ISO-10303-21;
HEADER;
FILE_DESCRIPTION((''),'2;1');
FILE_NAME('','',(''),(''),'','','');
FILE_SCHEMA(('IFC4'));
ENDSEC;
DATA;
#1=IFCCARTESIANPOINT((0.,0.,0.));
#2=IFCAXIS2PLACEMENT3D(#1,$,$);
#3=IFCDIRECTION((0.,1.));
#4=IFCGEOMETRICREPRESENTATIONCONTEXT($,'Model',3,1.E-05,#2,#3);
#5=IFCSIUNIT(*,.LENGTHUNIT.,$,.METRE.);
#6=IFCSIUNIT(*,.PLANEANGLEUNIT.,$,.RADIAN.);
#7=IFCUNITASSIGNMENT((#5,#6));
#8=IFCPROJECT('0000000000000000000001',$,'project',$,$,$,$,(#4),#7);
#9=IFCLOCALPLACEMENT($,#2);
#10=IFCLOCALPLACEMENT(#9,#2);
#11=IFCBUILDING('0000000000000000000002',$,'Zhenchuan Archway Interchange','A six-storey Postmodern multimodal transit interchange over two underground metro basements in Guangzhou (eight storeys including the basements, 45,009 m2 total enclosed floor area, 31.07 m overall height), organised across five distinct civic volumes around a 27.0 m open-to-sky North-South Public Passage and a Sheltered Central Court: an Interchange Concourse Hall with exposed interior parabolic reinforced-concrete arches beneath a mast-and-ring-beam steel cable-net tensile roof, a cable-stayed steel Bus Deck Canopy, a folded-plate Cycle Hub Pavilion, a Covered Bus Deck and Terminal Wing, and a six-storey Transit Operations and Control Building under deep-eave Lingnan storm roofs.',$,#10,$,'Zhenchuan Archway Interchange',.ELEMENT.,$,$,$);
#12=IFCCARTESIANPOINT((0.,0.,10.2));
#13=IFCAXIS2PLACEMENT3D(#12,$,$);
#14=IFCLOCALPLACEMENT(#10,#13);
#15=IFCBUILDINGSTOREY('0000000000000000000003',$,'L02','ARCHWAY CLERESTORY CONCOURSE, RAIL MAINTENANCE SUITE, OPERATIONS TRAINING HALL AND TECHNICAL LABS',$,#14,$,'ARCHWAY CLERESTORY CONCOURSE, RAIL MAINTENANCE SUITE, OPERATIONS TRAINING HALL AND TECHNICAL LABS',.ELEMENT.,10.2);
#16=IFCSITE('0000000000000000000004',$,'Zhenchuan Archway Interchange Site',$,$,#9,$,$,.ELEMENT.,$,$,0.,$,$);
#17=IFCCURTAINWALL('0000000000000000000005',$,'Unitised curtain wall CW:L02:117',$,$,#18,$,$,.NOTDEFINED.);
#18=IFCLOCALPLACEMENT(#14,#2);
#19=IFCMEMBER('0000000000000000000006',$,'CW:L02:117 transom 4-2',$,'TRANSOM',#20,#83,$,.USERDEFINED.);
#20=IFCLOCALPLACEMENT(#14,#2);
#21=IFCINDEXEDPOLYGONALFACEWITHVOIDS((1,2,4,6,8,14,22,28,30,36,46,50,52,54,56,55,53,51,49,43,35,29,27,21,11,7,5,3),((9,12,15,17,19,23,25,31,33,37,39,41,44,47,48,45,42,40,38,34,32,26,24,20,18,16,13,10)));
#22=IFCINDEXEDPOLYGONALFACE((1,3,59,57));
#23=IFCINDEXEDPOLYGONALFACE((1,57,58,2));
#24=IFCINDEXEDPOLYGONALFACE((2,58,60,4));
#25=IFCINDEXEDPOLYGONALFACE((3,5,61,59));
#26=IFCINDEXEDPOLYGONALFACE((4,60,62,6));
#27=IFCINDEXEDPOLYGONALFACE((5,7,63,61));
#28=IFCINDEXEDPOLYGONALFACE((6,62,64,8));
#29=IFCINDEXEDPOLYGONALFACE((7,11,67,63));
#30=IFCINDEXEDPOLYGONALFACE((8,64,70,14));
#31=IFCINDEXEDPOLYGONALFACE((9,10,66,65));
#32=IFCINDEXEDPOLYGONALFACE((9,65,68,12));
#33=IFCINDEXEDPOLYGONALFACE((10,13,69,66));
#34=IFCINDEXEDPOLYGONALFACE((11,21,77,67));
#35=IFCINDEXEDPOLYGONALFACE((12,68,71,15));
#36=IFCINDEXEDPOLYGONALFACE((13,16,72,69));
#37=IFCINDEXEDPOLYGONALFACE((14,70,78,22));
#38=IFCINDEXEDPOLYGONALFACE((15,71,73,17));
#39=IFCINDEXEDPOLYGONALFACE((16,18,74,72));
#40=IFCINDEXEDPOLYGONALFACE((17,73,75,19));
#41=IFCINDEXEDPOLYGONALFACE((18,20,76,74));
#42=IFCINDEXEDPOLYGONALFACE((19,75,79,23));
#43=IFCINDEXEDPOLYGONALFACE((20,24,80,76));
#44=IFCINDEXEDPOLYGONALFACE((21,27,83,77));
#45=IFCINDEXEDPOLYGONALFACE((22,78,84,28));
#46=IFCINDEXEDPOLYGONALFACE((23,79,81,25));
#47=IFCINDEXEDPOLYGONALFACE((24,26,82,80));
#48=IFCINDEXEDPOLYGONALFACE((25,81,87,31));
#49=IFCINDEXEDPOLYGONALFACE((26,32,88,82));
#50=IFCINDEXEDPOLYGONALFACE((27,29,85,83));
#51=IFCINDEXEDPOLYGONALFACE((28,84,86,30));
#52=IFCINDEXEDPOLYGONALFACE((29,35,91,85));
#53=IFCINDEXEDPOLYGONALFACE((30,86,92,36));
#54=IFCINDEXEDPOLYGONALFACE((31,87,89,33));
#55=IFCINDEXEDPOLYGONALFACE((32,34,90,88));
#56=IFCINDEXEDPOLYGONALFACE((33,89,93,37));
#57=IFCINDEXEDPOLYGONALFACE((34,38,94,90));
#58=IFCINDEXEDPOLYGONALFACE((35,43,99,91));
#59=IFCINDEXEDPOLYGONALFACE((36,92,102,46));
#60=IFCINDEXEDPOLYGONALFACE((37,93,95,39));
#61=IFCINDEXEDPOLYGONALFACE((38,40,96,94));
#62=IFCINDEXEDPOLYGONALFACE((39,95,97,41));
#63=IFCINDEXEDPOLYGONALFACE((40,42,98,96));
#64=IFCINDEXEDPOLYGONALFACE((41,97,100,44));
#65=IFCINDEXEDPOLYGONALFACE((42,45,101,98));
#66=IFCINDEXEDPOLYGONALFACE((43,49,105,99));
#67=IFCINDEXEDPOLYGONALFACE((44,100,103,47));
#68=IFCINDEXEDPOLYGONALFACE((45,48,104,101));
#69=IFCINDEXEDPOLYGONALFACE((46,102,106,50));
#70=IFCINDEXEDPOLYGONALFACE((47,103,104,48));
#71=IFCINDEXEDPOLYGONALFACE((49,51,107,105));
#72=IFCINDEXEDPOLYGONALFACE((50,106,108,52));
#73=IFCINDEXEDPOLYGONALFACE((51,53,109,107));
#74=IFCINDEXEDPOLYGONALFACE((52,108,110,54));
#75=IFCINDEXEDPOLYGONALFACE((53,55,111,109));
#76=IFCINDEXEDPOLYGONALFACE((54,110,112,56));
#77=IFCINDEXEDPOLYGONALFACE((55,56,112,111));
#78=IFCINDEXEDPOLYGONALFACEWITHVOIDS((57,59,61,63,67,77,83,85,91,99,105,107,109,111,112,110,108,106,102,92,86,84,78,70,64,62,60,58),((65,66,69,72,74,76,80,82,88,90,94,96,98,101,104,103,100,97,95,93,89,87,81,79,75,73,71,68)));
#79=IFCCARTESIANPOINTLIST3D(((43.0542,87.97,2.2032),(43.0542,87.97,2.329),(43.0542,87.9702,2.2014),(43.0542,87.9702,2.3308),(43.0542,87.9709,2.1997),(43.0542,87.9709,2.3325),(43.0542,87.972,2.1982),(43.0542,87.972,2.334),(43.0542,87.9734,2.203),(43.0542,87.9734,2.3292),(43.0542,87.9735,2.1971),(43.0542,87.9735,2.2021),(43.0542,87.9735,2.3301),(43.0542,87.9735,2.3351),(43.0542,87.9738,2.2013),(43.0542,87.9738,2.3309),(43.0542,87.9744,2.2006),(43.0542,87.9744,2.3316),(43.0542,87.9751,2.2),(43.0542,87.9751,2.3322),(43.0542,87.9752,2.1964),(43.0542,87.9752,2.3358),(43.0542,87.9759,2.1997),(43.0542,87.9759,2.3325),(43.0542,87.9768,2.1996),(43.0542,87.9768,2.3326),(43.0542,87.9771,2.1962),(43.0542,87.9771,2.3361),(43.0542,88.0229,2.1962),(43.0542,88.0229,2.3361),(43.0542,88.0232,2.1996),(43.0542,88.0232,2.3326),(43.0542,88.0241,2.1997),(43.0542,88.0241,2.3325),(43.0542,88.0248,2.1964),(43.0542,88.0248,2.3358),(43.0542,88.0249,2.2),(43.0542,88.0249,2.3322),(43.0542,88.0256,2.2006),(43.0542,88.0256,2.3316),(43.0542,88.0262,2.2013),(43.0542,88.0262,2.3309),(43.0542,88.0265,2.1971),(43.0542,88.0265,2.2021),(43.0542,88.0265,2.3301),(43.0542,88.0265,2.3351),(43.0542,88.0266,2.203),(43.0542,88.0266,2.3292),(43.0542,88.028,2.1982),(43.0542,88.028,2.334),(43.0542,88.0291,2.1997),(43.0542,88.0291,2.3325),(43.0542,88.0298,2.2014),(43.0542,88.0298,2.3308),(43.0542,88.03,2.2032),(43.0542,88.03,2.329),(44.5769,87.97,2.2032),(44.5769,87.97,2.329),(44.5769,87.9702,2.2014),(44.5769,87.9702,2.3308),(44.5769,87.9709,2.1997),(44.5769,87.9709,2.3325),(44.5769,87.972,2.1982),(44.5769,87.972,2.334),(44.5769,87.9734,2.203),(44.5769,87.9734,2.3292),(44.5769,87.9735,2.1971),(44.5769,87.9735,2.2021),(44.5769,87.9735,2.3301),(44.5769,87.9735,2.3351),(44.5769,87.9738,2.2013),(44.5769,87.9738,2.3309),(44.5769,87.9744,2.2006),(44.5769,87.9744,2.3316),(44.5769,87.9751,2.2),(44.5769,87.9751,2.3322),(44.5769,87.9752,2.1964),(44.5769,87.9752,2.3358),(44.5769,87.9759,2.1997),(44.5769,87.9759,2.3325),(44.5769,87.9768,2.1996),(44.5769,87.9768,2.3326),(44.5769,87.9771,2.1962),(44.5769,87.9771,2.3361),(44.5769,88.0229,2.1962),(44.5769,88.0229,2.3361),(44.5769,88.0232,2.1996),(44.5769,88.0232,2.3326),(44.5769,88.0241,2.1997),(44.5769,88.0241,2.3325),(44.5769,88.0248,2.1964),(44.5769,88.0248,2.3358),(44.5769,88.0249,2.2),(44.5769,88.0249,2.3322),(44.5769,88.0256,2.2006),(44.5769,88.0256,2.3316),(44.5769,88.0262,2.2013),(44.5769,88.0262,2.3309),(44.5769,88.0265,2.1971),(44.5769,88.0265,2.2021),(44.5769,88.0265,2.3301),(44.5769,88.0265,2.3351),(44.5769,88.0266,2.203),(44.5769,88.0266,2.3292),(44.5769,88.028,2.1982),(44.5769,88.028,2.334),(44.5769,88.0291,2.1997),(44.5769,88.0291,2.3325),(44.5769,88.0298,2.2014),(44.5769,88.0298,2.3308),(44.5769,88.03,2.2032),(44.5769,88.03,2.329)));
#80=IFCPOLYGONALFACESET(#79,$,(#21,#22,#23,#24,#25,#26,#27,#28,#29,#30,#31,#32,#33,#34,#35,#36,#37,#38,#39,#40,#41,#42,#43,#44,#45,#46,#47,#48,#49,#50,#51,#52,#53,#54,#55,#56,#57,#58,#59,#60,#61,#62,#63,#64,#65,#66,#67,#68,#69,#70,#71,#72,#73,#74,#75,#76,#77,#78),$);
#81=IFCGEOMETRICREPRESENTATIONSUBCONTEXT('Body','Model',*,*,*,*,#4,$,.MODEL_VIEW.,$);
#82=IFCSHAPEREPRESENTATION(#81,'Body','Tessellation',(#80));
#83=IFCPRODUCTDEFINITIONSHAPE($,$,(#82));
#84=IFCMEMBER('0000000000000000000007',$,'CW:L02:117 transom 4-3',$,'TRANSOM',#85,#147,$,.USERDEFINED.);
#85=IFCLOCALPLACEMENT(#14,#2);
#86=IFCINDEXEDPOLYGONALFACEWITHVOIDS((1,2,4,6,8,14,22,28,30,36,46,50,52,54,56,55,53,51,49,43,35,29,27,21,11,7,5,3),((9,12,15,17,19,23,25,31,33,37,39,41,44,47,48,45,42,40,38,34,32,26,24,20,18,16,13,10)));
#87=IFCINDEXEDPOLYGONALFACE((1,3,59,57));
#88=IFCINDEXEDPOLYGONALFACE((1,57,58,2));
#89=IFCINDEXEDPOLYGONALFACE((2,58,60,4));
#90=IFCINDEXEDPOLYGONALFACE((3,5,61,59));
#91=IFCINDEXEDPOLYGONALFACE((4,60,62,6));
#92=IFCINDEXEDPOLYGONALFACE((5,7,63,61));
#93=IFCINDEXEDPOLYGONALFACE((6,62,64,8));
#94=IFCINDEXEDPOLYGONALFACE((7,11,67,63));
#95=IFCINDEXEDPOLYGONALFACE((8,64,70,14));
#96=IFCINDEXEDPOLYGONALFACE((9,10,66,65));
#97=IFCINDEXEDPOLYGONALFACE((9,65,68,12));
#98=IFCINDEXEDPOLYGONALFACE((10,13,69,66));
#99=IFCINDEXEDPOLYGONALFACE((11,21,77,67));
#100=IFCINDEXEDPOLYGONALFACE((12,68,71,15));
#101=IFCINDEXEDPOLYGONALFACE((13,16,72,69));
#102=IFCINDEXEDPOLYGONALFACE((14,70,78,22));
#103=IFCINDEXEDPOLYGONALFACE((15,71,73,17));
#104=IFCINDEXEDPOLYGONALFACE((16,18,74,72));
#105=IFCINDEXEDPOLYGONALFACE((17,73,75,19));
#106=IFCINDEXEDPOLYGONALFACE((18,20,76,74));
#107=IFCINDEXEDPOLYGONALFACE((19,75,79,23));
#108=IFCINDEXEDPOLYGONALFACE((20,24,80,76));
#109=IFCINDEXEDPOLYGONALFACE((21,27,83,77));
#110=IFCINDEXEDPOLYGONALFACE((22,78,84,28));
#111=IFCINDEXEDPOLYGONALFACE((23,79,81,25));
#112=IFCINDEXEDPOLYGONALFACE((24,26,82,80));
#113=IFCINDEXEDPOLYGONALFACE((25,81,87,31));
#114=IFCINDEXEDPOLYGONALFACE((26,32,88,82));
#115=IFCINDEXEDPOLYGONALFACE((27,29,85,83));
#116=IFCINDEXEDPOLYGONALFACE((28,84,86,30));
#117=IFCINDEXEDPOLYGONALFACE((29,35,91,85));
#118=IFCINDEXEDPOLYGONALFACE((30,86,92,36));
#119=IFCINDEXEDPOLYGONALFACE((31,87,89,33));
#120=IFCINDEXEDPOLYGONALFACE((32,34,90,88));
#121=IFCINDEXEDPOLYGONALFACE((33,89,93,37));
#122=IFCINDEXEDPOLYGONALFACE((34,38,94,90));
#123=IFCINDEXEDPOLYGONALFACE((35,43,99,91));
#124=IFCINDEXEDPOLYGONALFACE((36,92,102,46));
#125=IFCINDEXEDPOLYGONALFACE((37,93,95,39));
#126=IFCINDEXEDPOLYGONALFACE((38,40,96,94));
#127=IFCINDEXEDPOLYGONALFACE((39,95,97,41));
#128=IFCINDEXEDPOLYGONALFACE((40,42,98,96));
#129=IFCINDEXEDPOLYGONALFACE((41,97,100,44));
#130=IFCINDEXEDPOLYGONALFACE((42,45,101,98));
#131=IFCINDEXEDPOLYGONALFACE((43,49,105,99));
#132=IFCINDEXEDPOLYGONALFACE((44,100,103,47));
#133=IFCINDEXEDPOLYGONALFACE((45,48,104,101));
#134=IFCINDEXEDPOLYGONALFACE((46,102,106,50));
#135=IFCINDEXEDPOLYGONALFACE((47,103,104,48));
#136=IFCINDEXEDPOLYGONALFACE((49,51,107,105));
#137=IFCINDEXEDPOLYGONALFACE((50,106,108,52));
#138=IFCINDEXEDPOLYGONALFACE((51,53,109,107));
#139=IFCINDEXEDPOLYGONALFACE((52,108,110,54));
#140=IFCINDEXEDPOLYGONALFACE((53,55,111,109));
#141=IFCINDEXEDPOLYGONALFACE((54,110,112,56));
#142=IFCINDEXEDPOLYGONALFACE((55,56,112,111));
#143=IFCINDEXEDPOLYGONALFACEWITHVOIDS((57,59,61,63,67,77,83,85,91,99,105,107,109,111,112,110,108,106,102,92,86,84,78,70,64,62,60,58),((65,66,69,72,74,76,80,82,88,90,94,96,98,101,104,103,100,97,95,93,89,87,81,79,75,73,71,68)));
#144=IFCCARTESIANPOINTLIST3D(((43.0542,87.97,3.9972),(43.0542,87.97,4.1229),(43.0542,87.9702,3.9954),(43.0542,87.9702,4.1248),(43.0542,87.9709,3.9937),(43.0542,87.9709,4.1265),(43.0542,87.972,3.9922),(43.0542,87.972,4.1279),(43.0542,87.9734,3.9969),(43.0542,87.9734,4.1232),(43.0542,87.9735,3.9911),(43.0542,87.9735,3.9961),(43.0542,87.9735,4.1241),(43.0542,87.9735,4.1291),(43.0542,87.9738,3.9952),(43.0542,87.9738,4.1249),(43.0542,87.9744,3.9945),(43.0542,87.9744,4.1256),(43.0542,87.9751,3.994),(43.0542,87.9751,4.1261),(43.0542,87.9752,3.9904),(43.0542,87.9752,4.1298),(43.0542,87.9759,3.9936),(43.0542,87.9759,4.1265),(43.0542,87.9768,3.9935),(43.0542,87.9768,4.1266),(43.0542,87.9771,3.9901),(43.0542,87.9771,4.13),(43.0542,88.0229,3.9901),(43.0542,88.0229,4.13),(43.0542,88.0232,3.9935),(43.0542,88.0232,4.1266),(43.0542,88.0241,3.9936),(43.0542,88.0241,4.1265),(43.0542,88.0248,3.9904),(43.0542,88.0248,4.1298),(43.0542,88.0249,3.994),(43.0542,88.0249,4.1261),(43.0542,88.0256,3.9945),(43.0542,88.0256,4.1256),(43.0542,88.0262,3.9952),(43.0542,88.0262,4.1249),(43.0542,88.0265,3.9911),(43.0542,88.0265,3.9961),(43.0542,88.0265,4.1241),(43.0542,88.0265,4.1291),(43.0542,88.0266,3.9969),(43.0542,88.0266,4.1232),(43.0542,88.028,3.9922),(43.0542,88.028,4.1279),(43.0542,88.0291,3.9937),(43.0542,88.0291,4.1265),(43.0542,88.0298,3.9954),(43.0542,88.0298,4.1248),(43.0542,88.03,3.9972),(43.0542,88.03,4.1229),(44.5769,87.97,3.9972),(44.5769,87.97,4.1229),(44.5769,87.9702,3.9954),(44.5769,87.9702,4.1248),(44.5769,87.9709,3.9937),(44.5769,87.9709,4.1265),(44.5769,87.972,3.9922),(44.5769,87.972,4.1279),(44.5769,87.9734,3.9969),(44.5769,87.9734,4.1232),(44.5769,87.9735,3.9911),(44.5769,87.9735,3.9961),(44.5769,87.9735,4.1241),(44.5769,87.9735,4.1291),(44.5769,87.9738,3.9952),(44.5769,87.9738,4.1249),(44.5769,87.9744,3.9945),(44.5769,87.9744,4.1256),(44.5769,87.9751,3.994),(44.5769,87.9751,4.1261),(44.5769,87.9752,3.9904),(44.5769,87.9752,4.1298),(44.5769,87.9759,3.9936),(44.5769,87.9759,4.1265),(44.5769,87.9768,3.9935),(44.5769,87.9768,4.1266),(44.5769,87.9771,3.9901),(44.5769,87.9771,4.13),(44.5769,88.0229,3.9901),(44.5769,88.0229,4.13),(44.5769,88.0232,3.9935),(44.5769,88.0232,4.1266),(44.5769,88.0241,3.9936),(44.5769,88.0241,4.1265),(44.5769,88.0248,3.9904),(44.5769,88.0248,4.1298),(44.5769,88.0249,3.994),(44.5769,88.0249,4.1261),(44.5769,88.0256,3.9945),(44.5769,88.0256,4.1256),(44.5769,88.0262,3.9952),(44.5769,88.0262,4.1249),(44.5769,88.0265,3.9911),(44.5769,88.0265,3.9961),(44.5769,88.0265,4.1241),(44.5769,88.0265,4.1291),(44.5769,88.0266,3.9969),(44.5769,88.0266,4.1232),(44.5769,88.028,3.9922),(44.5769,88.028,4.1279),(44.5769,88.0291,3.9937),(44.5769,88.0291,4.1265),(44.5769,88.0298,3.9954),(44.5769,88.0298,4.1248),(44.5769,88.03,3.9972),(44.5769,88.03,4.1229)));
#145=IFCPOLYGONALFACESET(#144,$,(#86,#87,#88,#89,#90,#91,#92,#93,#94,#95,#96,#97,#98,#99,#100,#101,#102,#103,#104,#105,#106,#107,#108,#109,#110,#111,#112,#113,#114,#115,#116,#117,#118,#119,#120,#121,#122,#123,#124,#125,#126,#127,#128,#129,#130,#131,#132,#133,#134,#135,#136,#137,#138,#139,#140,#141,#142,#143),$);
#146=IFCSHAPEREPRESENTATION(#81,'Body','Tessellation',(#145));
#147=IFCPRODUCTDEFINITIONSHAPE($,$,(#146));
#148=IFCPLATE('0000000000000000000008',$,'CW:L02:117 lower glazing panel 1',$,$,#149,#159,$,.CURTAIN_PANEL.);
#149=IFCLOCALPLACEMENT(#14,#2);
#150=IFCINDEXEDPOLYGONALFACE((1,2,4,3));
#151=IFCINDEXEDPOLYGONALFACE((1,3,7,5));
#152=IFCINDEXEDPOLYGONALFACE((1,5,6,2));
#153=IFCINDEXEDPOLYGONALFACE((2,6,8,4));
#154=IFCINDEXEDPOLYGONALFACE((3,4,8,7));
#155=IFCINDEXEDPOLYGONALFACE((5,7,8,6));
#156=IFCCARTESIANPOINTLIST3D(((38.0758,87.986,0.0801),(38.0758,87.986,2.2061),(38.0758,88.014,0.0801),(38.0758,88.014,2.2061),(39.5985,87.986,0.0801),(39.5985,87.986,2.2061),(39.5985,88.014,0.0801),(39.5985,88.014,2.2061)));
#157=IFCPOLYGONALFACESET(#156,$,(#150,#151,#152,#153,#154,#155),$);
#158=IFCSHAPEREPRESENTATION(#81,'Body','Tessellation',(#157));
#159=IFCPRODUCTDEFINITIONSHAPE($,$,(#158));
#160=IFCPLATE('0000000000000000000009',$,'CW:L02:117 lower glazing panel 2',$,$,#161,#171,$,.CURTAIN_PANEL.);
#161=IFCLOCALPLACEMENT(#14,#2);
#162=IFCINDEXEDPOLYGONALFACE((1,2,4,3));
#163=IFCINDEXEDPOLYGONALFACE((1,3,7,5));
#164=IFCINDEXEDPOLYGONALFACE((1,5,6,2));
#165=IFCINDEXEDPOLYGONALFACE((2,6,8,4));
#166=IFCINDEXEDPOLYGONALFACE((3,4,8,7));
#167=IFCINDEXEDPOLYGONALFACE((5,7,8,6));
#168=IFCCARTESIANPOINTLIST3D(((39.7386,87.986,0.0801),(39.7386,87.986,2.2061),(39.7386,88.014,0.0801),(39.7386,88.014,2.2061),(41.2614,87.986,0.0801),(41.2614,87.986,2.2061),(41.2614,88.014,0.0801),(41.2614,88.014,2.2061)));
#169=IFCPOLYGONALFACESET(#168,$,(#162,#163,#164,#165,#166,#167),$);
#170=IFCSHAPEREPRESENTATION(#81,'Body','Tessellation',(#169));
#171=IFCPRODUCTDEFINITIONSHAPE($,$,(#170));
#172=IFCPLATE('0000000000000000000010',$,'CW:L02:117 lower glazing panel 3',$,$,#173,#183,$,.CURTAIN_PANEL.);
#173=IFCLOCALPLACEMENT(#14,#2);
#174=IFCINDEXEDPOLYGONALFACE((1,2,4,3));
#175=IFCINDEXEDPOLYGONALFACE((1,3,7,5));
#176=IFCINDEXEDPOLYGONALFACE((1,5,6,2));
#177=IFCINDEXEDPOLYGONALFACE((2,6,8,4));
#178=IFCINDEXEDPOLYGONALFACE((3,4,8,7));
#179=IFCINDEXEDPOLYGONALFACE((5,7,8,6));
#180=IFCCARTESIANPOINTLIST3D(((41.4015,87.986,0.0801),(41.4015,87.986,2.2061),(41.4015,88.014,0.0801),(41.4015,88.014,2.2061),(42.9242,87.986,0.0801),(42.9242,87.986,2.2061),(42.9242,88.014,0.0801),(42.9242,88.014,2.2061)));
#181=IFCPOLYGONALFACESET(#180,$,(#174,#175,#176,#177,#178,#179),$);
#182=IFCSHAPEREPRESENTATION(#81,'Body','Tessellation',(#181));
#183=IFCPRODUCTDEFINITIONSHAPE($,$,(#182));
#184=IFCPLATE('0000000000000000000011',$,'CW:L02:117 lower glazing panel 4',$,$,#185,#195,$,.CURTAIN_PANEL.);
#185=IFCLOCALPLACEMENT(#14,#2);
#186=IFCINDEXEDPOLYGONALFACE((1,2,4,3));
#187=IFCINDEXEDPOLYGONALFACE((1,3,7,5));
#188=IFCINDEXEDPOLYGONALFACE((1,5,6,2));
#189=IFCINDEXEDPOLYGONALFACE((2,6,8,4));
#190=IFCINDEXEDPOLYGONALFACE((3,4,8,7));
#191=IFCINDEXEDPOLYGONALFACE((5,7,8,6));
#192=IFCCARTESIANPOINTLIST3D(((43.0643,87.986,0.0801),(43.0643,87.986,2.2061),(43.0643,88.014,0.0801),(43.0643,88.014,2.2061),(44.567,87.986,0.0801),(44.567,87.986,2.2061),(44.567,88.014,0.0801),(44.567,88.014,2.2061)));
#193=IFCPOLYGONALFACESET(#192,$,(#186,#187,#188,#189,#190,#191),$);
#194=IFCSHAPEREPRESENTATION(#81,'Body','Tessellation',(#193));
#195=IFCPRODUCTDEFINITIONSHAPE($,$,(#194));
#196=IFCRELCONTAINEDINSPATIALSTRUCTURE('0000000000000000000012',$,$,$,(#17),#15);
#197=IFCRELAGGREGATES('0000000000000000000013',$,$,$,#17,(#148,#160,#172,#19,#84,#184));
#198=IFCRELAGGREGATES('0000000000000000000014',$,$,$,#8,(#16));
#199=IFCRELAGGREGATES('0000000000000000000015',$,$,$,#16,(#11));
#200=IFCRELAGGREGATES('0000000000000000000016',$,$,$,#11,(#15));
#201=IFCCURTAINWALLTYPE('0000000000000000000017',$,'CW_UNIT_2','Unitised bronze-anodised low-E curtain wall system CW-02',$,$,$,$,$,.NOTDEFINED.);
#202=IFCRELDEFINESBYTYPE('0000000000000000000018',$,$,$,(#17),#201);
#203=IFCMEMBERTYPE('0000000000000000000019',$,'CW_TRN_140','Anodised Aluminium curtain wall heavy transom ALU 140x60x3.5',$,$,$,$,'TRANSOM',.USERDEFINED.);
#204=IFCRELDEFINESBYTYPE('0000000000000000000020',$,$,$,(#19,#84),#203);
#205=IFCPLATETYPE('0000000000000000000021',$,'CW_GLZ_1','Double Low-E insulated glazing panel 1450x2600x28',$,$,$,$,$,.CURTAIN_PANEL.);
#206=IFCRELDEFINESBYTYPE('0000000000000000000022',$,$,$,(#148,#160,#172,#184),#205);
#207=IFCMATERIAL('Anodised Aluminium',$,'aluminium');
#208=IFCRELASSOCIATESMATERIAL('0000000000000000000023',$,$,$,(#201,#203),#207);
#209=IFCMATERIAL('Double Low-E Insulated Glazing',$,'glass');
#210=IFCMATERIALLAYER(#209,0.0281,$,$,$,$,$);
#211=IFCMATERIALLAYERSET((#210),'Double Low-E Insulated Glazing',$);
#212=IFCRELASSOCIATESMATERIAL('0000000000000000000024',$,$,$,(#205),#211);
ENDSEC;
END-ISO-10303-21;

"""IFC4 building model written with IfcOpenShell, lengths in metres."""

from ifc_helpers import new_model, si_unit, direction, frame, origin, origin_2d, place, context, subcontext, project, spatial, rectangle, hollow_rectangle, extrude, material, layer, layer_set, material_profile, profile_set, type_object, element, aggregate, save


model = new_model("IFC4")

# Units and contexts
model_context = context("Model", 3, precision=1e-05, world=origin(), true_north=direction((0.0, 1.0)))
body_context = subcontext(model_context, "Body", "Model", "MODEL_VIEW")
ifc_project = project(units=[si_unit("LENGTHUNIT", "METRE"), si_unit("PLANEANGLEUNIT", "RADIAN")], contexts=[model_context])

# Site, building, storey
site_placement = place(None, origin())
site = spatial("IfcSite", under=ifc_project, at=site_placement, Name="Zhenchuan Archway Interchange Site", CompositionType="ELEMENT", RefElevation=0.0)
building_placement = place(site_placement, origin())
building = spatial("IfcBuilding", under=site, at=building_placement, Name="Zhenchuan Archway Interchange", Description="A six-storey Postmodern multimodal transit interchange over two underground metro basements in Guangzhou (eight storeys including the basements, 45,009 m2 total enclosed floor area, 31.07 m overall height), organised across five distinct civic volumes around a 27.0 m open-to-sky North-South Public Passage and a Sheltered Central Court: an Interchange Concourse Hall with exposed interior parabolic reinforced-concrete arches beneath a mast-and-ring-beam steel cable-net tensile roof, a cable-stayed steel Bus Deck Canopy, a folded-plate Cycle Hub Pavilion, a Covered Bus Deck and Terminal Wing, and a six-storey Transit Operations and Control Building under deep-eave Lingnan storm roofs.", LongName="Zhenchuan Archway Interchange", CompositionType="ELEMENT")
storey_placement = place(building_placement, frame((0.0, 0.0, 10.2)))
storey = spatial("IfcBuildingStorey", under=building, at=storey_placement, Name="L02", Description="ARCHWAY CLERESTORY CONCOURSE, RAIL MAINTENANCE SUITE, OPERATIONS TRAINING HALL AND TECHNICAL LABS", LongName="ARCHWAY CLERESTORY CONCOURSE, RAIL MAINTENANCE SUITE, OPERATIONS TRAINING HALL AND TECHNICAL LABS", CompositionType="ELEMENT", Elevation=10.2)

# Curtain wall, members, plates
ifc_material_1 = material(Name="Anodised Aluminium", Category="aluminium")
curtain_wall_type = type_object("IfcCurtainWallType", Name="CW_UNIT_2", Description="Unitised bronze-anodised low-E curtain wall system CW-02", PredefinedType="NOTDEFINED", material=ifc_material_1)
curtain_wall_placement = place(storey_placement, origin())
curtain_wall = element("IfcCurtainWall", 1, at=curtain_wall_placement, inside=storey, type_object=curtain_wall_type, Name="Unitised curtain wall CW:L02:117", PredefinedType="NOTDEFINED")
ifc_material_profile_1 = material_profile(ifc_material_1, hollow_rectangle(XDim=0.0601, YDim=0.1399, WallThickness=0.0034, InnerFilletRadius=0.0034, OuterFilletRadius=0.0071, at=origin_2d()), Name="ALU 140x60x3.5")
ifc_profile_set_1 = profile_set([ifc_material_profile_1], Name="Anodised Aluminium")
member_type_1 = type_object("IfcMemberType", Name="CW_TRN_140", Description="Anodised Aluminium curtain wall heavy transom ALU 140x60x3.5", ElementType="TRANSOM", PredefinedType="USERDEFINED", material=ifc_profile_set_1)
member_1_placement = place(storey_placement, frame((43.0542, 88.0, 2.2661), z_axis=(1.0, 0.0, 0.0), x_axis=(0.0, 1.0, 0.0)))
member_1 = element("IfcMember", 2, at=member_1_placement, type_object=member_type_1, Name="CW:L02:117 transom 4-2", ObjectType="TRANSOM", PredefinedType="USERDEFINED", context=body_context, shape_type="SweptSolid", body=[
    extrude(hollow_rectangle(XDim=0.0601, YDim=0.1399, WallThickness=0.0034, InnerFilletRadius=0.0034, OuterFilletRadius=0.0071, at=origin_2d()), origin(), (0.0, 0.0, 1.0), 1.5227),
])
member_2_placement = place(storey_placement, frame((43.0542, 88.0, 4.0601), z_axis=(1.0, 0.0, 0.0), x_axis=(0.0, 1.0, 0.0)))
member_2 = element("IfcMember", 3, at=member_2_placement, type_object=member_type_1, Name="CW:L02:117 transom 4-3", ObjectType="TRANSOM", PredefinedType="USERDEFINED", context=body_context, shape_type="SweptSolid", body=[
    extrude(hollow_rectangle(XDim=0.0601, YDim=0.1399, WallThickness=0.0034, InnerFilletRadius=0.0034, OuterFilletRadius=0.0071, at=origin_2d()), origin(), (0.0, 0.0, 1.0), 1.5227),
])
ifc_material_2 = material(Name="Double Low-E Insulated Glazing", Category="glass")
ifc_layer_1 = layer(ifc_material_2, 0.0281)
ifc_layer_set_1 = layer_set([ifc_layer_1], Name="Double Low-E Insulated Glazing")
plate_type_1 = type_object("IfcPlateType", Name="CW_GLZ_1", Description="Double Low-E insulated glazing panel 1450x2600x28", PredefinedType="CURTAIN_PANEL", material=ifc_layer_set_1)
plate_1_placement = place(storey_placement, frame((38.8372, 88.0, 0.0801), z_axis=(0.0, 0.0, 1.0), x_axis=(1.0, 0.0, 0.0)))
plate_1 = element("IfcPlate", 4, at=plate_1_placement, type_object=plate_type_1, Name="CW:L02:117 lower glazing panel 1", PredefinedType="CURTAIN_PANEL", context=body_context, shape_type="SweptSolid", body=[
    extrude(rectangle(XDim=1.5227, YDim=0.0281, at=origin_2d()), origin(), (0.0, 0.0, 1.0), 2.126),
])
plate_2_placement = place(storey_placement, frame((40.5, 88.0, 0.0801), z_axis=(0.0, 0.0, 1.0), x_axis=(1.0, 0.0, 0.0)))
plate_2 = element("IfcPlate", 5, at=plate_2_placement, type_object=plate_type_1, Name="CW:L02:117 lower glazing panel 2", PredefinedType="CURTAIN_PANEL", context=body_context, shape_type="SweptSolid", body=[
    extrude(rectangle(XDim=1.5227, YDim=0.0281, at=origin_2d()), origin(), (0.0, 0.0, 1.0), 2.126),
])
plate_3_placement = place(storey_placement, frame((42.1628, 88.0, 0.0801), z_axis=(0.0, 0.0, 1.0), x_axis=(1.0, 0.0, 0.0)))
plate_3 = element("IfcPlate", 6, at=plate_3_placement, type_object=plate_type_1, Name="CW:L02:117 lower glazing panel 3", PredefinedType="CURTAIN_PANEL", context=body_context, shape_type="SweptSolid", body=[
    extrude(rectangle(XDim=1.5227, YDim=0.0281, at=origin_2d()), origin(), (0.0, 0.0, 1.0), 2.126),
])
plate_4_placement = place(storey_placement, frame((43.8157, 88.0, 0.0801), z_axis=(0.0, 0.0, 1.0), x_axis=(1.0, 0.0, 0.0)))
plate_4 = element("IfcPlate", 7, at=plate_4_placement, type_object=plate_type_1, Name="CW:L02:117 lower glazing panel 4", PredefinedType="CURTAIN_PANEL", context=body_context, shape_type="SweptSolid", body=[
    extrude(rectangle(XDim=1.5027, YDim=0.0281, at=origin_2d()), origin(), (0.0, 0.0, 1.0), 2.126),
])
aggregate(curtain_wall, [plate_1, plate_2, plate_3, member_1, member_2, plate_4])

save(model, "model.ifc")
